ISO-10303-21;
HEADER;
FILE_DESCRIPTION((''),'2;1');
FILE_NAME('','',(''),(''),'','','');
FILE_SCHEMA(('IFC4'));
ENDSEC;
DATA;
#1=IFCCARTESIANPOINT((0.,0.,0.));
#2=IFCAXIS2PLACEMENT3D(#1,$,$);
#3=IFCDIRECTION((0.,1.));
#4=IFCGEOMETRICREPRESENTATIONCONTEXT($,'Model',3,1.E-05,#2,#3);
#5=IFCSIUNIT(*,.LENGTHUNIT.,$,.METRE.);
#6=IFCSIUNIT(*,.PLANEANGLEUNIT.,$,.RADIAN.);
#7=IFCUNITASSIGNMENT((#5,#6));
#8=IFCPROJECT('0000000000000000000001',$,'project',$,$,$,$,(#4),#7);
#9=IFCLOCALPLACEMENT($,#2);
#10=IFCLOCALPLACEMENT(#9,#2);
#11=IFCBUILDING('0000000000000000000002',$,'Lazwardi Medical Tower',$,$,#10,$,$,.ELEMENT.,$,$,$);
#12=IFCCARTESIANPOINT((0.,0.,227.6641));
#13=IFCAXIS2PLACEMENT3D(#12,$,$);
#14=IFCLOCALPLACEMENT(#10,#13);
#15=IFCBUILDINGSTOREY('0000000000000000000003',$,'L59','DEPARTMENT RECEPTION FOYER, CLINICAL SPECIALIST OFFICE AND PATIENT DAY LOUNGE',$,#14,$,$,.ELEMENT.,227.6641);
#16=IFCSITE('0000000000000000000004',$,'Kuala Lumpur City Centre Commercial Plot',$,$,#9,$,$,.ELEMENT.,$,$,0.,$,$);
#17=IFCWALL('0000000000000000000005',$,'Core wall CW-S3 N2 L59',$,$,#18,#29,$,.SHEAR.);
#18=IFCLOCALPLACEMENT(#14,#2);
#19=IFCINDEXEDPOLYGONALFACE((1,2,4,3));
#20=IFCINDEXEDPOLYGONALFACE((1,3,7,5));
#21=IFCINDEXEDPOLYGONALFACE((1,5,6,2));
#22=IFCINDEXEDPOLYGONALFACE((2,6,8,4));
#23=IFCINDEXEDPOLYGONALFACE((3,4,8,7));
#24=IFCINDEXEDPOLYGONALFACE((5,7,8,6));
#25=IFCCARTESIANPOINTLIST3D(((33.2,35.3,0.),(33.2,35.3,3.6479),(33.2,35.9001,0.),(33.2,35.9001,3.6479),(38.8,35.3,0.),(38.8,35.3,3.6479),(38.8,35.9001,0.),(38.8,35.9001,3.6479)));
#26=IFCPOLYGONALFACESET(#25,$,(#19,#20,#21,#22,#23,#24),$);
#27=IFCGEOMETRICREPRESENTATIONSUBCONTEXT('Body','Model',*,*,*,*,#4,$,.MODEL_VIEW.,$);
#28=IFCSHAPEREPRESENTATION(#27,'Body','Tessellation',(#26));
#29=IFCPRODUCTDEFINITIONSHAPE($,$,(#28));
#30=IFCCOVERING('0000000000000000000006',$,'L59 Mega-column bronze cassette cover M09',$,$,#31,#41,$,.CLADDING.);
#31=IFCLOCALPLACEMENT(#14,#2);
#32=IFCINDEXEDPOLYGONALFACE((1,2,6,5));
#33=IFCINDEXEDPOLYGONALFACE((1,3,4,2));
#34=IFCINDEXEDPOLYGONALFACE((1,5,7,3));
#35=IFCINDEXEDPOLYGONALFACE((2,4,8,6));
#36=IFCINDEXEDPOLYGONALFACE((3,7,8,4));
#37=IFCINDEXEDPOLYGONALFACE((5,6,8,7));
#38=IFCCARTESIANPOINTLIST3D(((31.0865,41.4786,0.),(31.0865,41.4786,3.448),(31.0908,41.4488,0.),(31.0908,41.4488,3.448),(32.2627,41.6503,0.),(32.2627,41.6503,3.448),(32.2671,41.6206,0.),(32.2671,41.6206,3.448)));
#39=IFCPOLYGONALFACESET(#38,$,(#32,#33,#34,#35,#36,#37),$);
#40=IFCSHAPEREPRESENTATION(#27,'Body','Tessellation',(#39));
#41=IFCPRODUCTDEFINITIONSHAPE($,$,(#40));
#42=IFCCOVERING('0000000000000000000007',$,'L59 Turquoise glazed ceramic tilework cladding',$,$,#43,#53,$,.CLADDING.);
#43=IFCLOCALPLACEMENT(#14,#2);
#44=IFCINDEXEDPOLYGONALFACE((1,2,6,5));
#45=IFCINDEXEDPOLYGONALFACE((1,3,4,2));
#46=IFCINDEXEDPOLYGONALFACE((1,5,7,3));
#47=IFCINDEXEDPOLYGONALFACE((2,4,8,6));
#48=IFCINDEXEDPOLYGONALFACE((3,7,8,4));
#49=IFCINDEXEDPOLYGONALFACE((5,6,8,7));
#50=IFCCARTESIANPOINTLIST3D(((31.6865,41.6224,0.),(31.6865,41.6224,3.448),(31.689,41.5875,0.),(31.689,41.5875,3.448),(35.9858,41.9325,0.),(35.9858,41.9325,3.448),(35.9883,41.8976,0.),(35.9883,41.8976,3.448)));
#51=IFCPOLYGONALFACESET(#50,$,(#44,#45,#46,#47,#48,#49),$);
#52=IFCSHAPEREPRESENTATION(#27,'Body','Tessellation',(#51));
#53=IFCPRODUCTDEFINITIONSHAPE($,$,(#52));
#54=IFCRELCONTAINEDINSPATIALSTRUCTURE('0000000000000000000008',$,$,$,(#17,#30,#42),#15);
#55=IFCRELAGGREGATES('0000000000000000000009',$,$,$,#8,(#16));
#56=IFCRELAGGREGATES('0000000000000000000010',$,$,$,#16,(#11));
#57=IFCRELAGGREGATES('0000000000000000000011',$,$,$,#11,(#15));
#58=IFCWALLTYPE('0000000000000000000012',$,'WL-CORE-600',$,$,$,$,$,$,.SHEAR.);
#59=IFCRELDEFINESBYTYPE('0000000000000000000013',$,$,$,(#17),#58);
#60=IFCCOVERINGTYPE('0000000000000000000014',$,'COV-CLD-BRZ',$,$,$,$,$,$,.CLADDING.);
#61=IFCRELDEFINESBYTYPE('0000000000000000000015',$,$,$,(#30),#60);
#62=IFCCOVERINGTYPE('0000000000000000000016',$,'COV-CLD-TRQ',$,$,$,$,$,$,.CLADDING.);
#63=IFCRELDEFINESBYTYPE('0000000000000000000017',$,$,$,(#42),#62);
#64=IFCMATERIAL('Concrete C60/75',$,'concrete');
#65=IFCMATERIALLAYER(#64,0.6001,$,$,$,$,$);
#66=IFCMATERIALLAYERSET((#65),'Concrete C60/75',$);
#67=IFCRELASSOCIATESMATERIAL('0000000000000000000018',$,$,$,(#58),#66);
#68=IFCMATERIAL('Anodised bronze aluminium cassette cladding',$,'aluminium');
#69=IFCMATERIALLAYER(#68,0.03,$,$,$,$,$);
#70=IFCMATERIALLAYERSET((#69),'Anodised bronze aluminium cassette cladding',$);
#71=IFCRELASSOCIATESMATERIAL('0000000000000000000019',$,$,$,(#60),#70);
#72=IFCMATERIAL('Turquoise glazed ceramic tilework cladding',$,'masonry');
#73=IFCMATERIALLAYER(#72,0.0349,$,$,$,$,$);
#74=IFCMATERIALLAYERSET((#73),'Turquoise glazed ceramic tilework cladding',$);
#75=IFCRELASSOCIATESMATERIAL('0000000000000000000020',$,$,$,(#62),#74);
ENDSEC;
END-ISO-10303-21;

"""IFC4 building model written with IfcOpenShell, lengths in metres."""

from ifc_helpers import new_model, si_unit, direction, frame, frame_2d, origin, origin_2d, place, context, subcontext, project, spatial, rectangle, extrude, material, layer, layer_set, type_object, element, save


model = new_model("IFC4")

# Units and contexts
model_context = context("Model", 3, precision=1e-05, world=origin(), true_north=direction((0.0, 1.0)))
body_context = subcontext(model_context, "Body", "Model", "MODEL_VIEW")
ifc_project = project(units=[si_unit("LENGTHUNIT", "METRE"), si_unit("PLANEANGLEUNIT", "RADIAN")], contexts=[model_context])

# Site, building, storey
site_placement = place(None, origin())
site = spatial("IfcSite", under=ifc_project, at=site_placement, Name="Kuala Lumpur City Centre Commercial Plot", CompositionType="ELEMENT", RefElevation=0.0)
building_placement = place(site_placement, origin())
building = spatial("IfcBuilding", under=site, at=building_placement, Name="Lazwardi Medical Tower", CompositionType="ELEMENT")
storey_placement = place(building_placement, frame((0.0, 0.0, 227.6641)))
storey = spatial("IfcBuildingStorey", under=building, at=storey_placement, Name="L59", Description="DEPARTMENT RECEPTION FOYER, CLINICAL SPECIALIST OFFICE AND PATIENT DAY LOUNGE", CompositionType="ELEMENT", Elevation=227.6641)

# Shared definitions
ifc_material_1 = material(Name="Concrete C60/75", Category="concrete")

# Wall
ifc_layer_1 = layer(ifc_material_1, 0.6001)
ifc_layer_set_1 = layer_set([ifc_layer_1], Name="Concrete C60/75")
wall_type_1 = type_object("IfcWallType", Name="WL-CORE-600", PredefinedType="SHEAR", material=ifc_layer_set_1)
wall_1_placement = place(storey_placement, frame((33.2, 35.6001, 0.0), z_axis=(0.0, 0.0, 1.0), x_axis=(1.0, 0.0, 0.0)))
element("IfcWall", 1, at=wall_1_placement, inside=storey, type_object=wall_type_1, Name="Core wall CW-S3 N2 L59", PredefinedType="SHEAR", context=body_context, shape_type="SweptSolid", body=[
    extrude(rectangle(XDim=5.6001, YDim=0.6001, at=frame_2d((2.8, 0.0))), origin(), (0.0, 0.0, 1.0), 3.6479),
])

# Coverings
ifc_material_2 = material(Name="Anodised bronze aluminium cassette cladding", Category="aluminium")
ifc_layer_2 = layer(ifc_material_2, 0.03)
ifc_layer_set_2 = layer_set([ifc_layer_2], Name="Anodised bronze aluminium cassette cladding")
covering_type_1 = type_object("IfcCoveringType", Name="COV-CLD-BRZ", PredefinedType="CLADDING", material=ifc_layer_set_2)
covering_1_placement = place(storey_placement, frame((31.6768, 41.5496, 0.0), z_axis=(0.0, 0.0, 1.0), x_axis=(-0.989512, -0.144448, 0.0)))
element("IfcCovering", 2, at=covering_1_placement, inside=storey, type_object=covering_type_1, Name="L59 Mega-column bronze cassette cover M09", PredefinedType="CLADDING", context=body_context, shape_type="SweptSolid", body=[
    extrude(rectangle(XDim=1.1887, YDim=0.03, at=origin_2d()), origin(), (0.0, 0.0, 1.0), 3.448),
])
ifc_material_3 = material(Name="Turquoise glazed ceramic tilework cladding", Category="masonry")
ifc_layer_3 = layer(ifc_material_3, 0.0349)
ifc_layer_set_3 = layer_set([ifc_layer_3], Name="Turquoise glazed ceramic tilework cladding")
covering_type_2 = type_object("IfcCoveringType", Name="COV-CLD-TRQ", PredefinedType="CLADDING", material=ifc_layer_set_3)
covering_2_placement = place(storey_placement, frame((33.8374, 41.76, 0.0), z_axis=(0.0, 0.0, 1.0), x_axis=(-0.997409, -0.07194, 0.0)))
element("IfcCovering", 3, at=covering_2_placement, inside=storey, type_object=covering_type_2, Name="L59 Turquoise glazed ceramic tilework cladding", PredefinedType="CLADDING", context=body_context, shape_type="SweptSolid", body=[
    extrude(rectangle(XDim=4.3105, YDim=0.0349, at=origin_2d()), origin(), (0.0, 0.0, 1.0), 3.448),
])

save(model, "model.ifc")
